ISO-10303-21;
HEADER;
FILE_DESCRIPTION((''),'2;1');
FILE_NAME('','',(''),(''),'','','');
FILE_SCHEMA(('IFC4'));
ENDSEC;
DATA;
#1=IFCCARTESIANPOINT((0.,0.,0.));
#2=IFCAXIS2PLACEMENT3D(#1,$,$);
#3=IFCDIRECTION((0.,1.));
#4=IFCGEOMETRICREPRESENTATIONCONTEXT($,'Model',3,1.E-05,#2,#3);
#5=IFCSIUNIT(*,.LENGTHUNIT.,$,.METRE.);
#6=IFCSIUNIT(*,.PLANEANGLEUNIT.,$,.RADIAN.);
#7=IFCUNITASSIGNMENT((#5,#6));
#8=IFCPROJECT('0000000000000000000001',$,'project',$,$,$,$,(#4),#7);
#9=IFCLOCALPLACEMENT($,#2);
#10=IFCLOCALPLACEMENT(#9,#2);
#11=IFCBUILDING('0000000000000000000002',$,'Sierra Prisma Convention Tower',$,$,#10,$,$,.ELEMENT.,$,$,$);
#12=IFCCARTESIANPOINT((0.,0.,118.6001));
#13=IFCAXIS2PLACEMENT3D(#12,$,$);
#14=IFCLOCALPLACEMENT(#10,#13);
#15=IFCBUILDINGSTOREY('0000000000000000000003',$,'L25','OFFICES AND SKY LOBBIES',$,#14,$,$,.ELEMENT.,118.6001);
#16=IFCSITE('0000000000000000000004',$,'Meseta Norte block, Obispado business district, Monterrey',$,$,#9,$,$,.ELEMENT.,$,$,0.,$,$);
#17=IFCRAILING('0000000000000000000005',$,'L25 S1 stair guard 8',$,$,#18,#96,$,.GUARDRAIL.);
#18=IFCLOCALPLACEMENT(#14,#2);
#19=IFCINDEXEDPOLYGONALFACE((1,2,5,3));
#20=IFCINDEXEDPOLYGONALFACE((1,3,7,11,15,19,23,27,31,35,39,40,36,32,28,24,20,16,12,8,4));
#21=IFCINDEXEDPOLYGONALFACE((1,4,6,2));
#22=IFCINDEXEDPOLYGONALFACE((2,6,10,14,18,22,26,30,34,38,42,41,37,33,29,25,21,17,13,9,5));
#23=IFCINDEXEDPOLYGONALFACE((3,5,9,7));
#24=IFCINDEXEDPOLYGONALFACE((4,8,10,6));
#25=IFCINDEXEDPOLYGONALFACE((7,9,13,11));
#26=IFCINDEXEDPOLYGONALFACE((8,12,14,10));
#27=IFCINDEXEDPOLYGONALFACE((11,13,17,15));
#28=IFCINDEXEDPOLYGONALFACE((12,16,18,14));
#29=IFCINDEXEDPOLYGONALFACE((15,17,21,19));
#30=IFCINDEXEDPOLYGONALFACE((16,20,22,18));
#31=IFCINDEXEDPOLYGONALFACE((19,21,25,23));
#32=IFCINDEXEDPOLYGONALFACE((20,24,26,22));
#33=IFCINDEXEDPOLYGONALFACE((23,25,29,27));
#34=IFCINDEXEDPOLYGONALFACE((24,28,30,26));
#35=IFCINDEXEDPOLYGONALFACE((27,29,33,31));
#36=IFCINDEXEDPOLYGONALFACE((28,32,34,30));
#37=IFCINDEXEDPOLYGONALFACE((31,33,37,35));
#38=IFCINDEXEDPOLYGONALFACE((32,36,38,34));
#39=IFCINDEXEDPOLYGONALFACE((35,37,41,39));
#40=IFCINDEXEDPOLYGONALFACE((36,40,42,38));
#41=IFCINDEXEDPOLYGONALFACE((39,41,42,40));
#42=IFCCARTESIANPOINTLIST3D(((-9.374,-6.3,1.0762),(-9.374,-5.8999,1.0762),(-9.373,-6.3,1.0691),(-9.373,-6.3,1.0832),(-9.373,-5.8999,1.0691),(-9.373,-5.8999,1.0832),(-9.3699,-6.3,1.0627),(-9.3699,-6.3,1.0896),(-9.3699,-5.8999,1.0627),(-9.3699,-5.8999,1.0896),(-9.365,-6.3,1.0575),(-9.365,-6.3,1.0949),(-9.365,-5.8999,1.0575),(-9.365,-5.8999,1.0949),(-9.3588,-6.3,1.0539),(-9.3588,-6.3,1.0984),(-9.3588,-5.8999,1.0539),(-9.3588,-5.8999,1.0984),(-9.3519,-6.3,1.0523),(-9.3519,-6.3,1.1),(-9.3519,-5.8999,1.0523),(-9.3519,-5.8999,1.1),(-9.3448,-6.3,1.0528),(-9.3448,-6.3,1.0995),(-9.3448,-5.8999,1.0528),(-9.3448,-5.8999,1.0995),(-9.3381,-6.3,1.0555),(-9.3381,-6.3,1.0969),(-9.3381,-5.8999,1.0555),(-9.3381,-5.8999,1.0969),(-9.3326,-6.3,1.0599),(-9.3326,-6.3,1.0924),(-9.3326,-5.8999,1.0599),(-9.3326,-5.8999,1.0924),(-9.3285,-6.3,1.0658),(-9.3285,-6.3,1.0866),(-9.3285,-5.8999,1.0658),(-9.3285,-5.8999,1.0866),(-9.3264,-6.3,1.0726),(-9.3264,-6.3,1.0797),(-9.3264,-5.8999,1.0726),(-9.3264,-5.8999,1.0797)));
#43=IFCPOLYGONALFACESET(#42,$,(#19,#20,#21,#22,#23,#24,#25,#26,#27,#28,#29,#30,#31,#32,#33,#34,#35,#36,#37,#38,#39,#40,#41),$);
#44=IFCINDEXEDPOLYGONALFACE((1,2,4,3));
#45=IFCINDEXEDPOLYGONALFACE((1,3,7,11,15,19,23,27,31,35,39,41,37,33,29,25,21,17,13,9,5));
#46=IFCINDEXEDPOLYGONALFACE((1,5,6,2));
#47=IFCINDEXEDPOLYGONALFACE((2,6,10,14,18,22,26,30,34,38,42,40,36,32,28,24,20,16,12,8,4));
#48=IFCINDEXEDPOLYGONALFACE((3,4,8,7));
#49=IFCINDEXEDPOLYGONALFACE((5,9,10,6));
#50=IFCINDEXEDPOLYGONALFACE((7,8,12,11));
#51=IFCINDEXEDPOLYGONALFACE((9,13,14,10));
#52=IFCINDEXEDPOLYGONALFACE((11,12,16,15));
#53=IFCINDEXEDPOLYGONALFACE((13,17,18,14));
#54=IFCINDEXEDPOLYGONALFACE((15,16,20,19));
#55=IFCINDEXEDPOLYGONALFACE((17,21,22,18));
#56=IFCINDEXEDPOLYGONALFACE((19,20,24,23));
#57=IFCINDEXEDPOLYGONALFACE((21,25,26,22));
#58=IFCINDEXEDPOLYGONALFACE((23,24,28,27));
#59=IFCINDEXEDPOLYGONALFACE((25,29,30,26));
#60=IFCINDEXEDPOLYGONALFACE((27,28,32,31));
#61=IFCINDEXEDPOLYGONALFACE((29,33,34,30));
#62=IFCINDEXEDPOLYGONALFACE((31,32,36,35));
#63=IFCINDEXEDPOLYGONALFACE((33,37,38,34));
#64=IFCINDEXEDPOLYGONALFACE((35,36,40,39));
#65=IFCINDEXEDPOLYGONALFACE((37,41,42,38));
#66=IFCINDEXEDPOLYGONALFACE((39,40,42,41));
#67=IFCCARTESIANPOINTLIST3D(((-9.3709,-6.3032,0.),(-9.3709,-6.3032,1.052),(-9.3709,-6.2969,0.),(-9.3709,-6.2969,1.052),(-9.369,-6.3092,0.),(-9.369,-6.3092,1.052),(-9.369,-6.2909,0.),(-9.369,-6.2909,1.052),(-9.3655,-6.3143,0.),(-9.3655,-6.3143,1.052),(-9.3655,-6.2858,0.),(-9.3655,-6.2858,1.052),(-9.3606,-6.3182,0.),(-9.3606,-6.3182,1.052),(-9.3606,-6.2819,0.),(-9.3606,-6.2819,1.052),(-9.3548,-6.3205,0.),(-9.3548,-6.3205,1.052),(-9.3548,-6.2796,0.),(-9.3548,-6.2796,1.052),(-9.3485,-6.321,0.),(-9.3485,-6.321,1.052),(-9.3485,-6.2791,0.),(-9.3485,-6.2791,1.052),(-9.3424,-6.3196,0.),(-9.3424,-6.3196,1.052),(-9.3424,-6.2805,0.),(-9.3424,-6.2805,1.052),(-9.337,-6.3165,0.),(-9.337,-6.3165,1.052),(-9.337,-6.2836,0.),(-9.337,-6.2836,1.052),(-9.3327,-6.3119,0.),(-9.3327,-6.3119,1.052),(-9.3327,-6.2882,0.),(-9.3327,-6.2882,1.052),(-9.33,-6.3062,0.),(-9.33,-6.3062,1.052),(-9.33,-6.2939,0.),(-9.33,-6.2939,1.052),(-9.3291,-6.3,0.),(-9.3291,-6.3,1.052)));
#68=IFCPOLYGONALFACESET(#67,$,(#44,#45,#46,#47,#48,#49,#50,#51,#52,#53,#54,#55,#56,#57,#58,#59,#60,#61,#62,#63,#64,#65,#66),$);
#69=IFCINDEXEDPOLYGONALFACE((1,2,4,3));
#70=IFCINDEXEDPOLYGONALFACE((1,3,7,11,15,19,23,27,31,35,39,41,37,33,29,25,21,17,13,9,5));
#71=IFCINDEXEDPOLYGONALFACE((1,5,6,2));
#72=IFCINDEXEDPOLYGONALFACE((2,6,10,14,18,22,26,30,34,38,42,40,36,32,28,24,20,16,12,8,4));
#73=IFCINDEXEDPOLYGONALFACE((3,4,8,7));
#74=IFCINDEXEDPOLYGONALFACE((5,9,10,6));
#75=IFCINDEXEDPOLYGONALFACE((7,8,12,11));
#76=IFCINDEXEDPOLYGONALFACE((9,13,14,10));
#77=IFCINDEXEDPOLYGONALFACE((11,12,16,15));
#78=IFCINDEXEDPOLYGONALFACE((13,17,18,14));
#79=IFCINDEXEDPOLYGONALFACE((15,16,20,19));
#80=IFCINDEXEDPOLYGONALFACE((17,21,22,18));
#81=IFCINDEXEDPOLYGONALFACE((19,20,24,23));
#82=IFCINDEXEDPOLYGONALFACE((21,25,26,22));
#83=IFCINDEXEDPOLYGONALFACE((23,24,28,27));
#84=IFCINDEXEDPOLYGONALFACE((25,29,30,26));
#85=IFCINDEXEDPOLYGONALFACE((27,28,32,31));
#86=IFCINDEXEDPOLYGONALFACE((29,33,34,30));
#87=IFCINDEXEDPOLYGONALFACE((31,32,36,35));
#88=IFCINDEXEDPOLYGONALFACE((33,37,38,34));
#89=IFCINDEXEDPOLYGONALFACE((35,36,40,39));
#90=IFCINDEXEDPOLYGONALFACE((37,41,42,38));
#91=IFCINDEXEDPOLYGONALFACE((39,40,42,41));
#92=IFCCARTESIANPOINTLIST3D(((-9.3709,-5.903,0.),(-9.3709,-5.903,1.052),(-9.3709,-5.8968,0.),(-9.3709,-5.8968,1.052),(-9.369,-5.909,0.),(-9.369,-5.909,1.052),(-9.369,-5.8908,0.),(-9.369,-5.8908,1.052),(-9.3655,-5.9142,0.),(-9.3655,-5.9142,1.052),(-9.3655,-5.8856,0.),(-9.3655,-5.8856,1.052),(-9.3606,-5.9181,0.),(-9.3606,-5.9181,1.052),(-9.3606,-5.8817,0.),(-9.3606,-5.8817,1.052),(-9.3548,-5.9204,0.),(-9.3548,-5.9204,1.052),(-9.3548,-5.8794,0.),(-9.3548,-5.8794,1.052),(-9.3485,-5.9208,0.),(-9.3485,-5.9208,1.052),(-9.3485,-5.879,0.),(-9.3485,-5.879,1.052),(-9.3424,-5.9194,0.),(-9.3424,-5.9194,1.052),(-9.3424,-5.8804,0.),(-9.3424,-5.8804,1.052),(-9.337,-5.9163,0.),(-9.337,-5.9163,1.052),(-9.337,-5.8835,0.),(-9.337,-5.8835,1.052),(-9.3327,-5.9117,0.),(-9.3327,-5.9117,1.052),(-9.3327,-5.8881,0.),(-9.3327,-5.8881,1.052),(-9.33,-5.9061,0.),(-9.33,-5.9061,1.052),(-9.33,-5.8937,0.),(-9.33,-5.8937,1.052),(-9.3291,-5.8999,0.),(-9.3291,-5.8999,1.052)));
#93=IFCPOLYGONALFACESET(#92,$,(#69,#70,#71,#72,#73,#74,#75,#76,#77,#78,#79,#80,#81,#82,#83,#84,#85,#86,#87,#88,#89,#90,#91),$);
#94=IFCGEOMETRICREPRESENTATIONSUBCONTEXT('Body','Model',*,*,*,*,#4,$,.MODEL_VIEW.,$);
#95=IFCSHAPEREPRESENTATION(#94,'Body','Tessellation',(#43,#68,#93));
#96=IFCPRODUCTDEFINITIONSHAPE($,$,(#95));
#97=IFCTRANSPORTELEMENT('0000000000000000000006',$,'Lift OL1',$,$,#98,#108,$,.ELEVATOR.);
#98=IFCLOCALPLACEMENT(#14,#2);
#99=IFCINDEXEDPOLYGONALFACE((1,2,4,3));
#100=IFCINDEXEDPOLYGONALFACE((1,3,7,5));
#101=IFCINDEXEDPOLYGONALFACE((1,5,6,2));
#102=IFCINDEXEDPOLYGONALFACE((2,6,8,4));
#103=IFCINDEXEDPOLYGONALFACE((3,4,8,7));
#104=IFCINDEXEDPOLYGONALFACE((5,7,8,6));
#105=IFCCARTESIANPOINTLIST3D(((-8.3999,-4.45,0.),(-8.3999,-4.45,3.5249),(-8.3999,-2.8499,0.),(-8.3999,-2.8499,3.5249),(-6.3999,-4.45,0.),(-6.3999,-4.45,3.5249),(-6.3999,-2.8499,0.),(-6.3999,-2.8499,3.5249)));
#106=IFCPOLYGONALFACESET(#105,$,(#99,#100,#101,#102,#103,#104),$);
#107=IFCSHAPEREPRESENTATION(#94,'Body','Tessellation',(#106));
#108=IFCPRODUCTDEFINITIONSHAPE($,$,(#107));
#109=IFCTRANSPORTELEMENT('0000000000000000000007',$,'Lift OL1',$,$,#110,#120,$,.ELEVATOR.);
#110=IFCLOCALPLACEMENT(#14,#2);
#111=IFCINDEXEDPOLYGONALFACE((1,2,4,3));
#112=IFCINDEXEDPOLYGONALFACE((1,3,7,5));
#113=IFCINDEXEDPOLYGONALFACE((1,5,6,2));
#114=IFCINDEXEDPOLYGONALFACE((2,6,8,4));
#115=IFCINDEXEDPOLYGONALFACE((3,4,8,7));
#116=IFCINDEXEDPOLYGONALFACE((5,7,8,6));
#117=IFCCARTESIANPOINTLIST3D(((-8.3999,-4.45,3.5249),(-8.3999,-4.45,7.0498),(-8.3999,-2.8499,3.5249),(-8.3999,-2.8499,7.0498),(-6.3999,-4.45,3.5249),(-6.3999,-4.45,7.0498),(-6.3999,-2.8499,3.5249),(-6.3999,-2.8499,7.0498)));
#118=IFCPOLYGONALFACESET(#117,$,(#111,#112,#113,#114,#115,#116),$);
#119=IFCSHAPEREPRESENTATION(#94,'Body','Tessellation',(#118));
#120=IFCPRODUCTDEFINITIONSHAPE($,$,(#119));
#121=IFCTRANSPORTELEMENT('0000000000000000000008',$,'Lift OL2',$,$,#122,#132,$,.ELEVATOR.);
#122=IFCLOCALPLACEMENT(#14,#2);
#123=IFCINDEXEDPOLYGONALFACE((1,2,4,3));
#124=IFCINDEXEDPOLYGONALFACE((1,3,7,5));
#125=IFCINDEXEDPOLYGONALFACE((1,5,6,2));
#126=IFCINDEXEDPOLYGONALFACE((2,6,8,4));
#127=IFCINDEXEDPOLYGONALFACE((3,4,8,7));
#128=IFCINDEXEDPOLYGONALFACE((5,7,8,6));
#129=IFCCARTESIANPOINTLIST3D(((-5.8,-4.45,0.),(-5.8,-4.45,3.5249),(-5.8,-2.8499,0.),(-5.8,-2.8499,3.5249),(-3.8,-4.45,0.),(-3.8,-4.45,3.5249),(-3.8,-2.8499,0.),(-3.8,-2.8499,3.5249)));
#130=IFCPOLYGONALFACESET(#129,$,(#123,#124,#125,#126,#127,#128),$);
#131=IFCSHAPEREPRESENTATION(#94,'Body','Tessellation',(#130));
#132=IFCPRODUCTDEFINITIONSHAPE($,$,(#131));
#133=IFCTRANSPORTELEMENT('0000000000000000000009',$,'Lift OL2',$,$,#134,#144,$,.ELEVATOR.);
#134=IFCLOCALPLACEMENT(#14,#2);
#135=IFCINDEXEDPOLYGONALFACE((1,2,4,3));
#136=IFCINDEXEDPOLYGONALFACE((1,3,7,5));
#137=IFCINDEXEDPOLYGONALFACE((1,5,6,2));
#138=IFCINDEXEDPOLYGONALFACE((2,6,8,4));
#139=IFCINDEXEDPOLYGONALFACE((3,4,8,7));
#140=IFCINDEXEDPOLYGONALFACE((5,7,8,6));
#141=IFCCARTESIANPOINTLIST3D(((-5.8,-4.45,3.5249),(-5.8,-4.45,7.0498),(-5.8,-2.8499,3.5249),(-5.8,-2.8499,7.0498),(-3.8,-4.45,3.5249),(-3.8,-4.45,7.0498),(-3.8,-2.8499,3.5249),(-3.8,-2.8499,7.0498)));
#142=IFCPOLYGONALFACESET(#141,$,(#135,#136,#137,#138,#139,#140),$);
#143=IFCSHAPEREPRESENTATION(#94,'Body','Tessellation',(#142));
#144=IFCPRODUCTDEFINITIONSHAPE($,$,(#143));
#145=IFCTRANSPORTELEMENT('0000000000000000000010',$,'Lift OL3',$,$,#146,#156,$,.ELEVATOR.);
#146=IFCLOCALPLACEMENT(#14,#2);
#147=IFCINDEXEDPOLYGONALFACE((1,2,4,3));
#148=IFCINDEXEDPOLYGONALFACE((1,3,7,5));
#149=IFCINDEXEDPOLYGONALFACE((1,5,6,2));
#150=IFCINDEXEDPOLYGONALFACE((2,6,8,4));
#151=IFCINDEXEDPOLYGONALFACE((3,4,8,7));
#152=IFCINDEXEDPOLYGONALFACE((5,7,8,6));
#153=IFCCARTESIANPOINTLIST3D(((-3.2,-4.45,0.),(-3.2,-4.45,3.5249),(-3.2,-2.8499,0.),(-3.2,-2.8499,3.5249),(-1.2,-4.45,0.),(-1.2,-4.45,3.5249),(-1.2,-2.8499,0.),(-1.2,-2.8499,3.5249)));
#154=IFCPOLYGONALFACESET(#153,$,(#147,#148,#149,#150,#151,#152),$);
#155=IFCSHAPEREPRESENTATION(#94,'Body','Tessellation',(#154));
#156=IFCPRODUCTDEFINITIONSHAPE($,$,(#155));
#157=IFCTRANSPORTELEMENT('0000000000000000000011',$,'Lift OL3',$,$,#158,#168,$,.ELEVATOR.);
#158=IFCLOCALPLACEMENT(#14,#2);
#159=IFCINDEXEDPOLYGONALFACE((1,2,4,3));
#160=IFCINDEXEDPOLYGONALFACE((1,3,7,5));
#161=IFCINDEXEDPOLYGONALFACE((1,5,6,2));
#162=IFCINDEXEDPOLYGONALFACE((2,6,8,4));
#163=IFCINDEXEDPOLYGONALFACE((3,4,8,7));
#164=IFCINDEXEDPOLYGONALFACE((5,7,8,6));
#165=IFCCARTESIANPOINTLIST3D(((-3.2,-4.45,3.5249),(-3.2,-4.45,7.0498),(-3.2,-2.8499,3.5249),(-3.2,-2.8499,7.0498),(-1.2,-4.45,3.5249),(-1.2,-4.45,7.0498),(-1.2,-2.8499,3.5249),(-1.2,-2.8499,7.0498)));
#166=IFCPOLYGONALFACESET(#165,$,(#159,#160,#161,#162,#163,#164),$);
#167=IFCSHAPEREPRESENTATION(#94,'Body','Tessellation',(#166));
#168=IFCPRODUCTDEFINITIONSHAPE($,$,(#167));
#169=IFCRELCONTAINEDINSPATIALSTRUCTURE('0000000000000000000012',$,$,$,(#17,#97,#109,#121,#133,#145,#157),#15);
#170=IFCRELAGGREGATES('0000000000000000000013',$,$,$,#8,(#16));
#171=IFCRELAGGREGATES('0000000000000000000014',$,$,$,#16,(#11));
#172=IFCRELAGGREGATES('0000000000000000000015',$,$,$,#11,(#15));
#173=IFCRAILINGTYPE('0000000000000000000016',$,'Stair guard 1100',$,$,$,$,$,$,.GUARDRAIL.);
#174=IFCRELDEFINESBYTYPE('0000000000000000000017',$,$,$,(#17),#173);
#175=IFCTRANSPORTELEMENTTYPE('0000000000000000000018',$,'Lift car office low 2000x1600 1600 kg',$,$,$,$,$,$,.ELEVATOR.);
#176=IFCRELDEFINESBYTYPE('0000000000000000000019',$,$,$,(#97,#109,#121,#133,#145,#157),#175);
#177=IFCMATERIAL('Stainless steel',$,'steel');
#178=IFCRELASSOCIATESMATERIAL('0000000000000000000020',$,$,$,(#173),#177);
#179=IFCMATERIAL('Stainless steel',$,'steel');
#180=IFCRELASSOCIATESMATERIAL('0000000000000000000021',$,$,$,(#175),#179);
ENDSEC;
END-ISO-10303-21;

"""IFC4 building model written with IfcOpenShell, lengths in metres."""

from ifc_helpers import new_model, si_unit, direction, frame, origin, origin_2d, place, context, subcontext, project, spatial, rectangle, circle, extrude, material, type_object, element, save


model = new_model("IFC4")

# Units and contexts
model_context = context("Model", 3, precision=1e-05, world=origin(), true_north=direction((0.0, 1.0)))
body_context = subcontext(model_context, "Body", "Model", "MODEL_VIEW")
ifc_project = project(units=[si_unit("LENGTHUNIT", "METRE"), si_unit("PLANEANGLEUNIT", "RADIAN")], contexts=[model_context])

# Site, building, storey
site_placement = place(None, origin())
site = spatial("IfcSite", under=ifc_project, at=site_placement, Name="Meseta Norte block, Obispado business district, Monterrey", CompositionType="ELEMENT", RefElevation=0.0)
building_placement = place(site_placement, origin())
building = spatial("IfcBuilding", under=site, at=building_placement, Name="Sierra Prisma Convention Tower", CompositionType="ELEMENT")
storey_placement = place(building_placement, frame((0.0, 0.0, 118.6001)))
storey = spatial("IfcBuildingStorey", under=building, at=storey_placement, Name="L25", Description="OFFICES AND SKY LOBBIES", CompositionType="ELEMENT", Elevation=118.6001)

# Railing
ifc_material_1 = material(Name="Stainless steel", Category="steel")
railing_type_1 = type_object("IfcRailingType", Name="Stair guard 1100", PredefinedType="GUARDRAIL", material=ifc_material_1)
railing_1_placement = place(storey_placement, frame((-9.3501, -6.3, 0.0)))
element("IfcRailing", 1, at=railing_1_placement, inside=storey, type_object=railing_type_1, Name="L25 S1 stair guard 8", PredefinedType="GUARDRAIL", context=body_context, shape_type="SweptSolid", body=[
    extrude(circle(Radius=0.0239, at=origin_2d()), frame((0.0, 0.0, 1.0762), z_axis=(0.0, 1.0, 0.0), x_axis=(-1.0, 0.0, 0.0)), (0.0, 0.0, 1.0), 0.4001),
    extrude(circle(Radius=0.021, at=origin_2d()), origin(), (0.0, 0.0, 1.0), 1.052),
    extrude(circle(Radius=0.021, at=origin_2d()), frame((0.0, 0.4001, 0.0)), (0.0, 0.0, 1.0), 1.052),
])

# Transport elements
ifc_material_2 = material(Name="Stainless steel", Category="steel")
transport_element_type = type_object("IfcTransportElementType", Name="Lift car office low 2000x1600 1600 kg", PredefinedType="ELEVATOR", material=ifc_material_2)
for number, where, z_axis, x_axis, name in (
    (2, (-7.3999, -3.6499, 0.0), (0.0, 0.0, 1.0), (1.0, 0.0, 0.0), "Lift OL1"),
    (3, (-7.3999, -3.6499, 3.5249), (0.0, 0.0, 1.0), (1.0, 0.0, 0.0), "Lift OL1"),
    (4, (-4.8, -3.6499, 0.0), (0.0, 0.0, 1.0), (1.0, 0.0, 0.0), "Lift OL2"),
    (5, (-4.8, -3.6499, 3.5249), (0.0, 0.0, 1.0), (1.0, 0.0, 0.0), "Lift OL2"),
    (6, (-2.2, -3.6499, 0.0), (0.0, 0.0, 1.0), (1.0, 0.0, 0.0), "Lift OL3"),
    (7, (-2.2, -3.6499, 3.5249), (0.0, 0.0, 1.0), (1.0, 0.0, 0.0), "Lift OL3"),
):
    element("IfcTransportElement", number, at=place(storey_placement, frame(where, z_axis=z_axis, x_axis=x_axis)), inside=storey, type_object=transport_element_type, Name=name, PredefinedType="ELEVATOR", context=body_context, shape_type="SweptSolid", body=[
        extrude(rectangle(XDim=2.0, YDim=1.6001, at=origin_2d()), origin(), (0.0, 0.0, 1.0), 3.5249),
    ])

save(model, "model.ifc")
